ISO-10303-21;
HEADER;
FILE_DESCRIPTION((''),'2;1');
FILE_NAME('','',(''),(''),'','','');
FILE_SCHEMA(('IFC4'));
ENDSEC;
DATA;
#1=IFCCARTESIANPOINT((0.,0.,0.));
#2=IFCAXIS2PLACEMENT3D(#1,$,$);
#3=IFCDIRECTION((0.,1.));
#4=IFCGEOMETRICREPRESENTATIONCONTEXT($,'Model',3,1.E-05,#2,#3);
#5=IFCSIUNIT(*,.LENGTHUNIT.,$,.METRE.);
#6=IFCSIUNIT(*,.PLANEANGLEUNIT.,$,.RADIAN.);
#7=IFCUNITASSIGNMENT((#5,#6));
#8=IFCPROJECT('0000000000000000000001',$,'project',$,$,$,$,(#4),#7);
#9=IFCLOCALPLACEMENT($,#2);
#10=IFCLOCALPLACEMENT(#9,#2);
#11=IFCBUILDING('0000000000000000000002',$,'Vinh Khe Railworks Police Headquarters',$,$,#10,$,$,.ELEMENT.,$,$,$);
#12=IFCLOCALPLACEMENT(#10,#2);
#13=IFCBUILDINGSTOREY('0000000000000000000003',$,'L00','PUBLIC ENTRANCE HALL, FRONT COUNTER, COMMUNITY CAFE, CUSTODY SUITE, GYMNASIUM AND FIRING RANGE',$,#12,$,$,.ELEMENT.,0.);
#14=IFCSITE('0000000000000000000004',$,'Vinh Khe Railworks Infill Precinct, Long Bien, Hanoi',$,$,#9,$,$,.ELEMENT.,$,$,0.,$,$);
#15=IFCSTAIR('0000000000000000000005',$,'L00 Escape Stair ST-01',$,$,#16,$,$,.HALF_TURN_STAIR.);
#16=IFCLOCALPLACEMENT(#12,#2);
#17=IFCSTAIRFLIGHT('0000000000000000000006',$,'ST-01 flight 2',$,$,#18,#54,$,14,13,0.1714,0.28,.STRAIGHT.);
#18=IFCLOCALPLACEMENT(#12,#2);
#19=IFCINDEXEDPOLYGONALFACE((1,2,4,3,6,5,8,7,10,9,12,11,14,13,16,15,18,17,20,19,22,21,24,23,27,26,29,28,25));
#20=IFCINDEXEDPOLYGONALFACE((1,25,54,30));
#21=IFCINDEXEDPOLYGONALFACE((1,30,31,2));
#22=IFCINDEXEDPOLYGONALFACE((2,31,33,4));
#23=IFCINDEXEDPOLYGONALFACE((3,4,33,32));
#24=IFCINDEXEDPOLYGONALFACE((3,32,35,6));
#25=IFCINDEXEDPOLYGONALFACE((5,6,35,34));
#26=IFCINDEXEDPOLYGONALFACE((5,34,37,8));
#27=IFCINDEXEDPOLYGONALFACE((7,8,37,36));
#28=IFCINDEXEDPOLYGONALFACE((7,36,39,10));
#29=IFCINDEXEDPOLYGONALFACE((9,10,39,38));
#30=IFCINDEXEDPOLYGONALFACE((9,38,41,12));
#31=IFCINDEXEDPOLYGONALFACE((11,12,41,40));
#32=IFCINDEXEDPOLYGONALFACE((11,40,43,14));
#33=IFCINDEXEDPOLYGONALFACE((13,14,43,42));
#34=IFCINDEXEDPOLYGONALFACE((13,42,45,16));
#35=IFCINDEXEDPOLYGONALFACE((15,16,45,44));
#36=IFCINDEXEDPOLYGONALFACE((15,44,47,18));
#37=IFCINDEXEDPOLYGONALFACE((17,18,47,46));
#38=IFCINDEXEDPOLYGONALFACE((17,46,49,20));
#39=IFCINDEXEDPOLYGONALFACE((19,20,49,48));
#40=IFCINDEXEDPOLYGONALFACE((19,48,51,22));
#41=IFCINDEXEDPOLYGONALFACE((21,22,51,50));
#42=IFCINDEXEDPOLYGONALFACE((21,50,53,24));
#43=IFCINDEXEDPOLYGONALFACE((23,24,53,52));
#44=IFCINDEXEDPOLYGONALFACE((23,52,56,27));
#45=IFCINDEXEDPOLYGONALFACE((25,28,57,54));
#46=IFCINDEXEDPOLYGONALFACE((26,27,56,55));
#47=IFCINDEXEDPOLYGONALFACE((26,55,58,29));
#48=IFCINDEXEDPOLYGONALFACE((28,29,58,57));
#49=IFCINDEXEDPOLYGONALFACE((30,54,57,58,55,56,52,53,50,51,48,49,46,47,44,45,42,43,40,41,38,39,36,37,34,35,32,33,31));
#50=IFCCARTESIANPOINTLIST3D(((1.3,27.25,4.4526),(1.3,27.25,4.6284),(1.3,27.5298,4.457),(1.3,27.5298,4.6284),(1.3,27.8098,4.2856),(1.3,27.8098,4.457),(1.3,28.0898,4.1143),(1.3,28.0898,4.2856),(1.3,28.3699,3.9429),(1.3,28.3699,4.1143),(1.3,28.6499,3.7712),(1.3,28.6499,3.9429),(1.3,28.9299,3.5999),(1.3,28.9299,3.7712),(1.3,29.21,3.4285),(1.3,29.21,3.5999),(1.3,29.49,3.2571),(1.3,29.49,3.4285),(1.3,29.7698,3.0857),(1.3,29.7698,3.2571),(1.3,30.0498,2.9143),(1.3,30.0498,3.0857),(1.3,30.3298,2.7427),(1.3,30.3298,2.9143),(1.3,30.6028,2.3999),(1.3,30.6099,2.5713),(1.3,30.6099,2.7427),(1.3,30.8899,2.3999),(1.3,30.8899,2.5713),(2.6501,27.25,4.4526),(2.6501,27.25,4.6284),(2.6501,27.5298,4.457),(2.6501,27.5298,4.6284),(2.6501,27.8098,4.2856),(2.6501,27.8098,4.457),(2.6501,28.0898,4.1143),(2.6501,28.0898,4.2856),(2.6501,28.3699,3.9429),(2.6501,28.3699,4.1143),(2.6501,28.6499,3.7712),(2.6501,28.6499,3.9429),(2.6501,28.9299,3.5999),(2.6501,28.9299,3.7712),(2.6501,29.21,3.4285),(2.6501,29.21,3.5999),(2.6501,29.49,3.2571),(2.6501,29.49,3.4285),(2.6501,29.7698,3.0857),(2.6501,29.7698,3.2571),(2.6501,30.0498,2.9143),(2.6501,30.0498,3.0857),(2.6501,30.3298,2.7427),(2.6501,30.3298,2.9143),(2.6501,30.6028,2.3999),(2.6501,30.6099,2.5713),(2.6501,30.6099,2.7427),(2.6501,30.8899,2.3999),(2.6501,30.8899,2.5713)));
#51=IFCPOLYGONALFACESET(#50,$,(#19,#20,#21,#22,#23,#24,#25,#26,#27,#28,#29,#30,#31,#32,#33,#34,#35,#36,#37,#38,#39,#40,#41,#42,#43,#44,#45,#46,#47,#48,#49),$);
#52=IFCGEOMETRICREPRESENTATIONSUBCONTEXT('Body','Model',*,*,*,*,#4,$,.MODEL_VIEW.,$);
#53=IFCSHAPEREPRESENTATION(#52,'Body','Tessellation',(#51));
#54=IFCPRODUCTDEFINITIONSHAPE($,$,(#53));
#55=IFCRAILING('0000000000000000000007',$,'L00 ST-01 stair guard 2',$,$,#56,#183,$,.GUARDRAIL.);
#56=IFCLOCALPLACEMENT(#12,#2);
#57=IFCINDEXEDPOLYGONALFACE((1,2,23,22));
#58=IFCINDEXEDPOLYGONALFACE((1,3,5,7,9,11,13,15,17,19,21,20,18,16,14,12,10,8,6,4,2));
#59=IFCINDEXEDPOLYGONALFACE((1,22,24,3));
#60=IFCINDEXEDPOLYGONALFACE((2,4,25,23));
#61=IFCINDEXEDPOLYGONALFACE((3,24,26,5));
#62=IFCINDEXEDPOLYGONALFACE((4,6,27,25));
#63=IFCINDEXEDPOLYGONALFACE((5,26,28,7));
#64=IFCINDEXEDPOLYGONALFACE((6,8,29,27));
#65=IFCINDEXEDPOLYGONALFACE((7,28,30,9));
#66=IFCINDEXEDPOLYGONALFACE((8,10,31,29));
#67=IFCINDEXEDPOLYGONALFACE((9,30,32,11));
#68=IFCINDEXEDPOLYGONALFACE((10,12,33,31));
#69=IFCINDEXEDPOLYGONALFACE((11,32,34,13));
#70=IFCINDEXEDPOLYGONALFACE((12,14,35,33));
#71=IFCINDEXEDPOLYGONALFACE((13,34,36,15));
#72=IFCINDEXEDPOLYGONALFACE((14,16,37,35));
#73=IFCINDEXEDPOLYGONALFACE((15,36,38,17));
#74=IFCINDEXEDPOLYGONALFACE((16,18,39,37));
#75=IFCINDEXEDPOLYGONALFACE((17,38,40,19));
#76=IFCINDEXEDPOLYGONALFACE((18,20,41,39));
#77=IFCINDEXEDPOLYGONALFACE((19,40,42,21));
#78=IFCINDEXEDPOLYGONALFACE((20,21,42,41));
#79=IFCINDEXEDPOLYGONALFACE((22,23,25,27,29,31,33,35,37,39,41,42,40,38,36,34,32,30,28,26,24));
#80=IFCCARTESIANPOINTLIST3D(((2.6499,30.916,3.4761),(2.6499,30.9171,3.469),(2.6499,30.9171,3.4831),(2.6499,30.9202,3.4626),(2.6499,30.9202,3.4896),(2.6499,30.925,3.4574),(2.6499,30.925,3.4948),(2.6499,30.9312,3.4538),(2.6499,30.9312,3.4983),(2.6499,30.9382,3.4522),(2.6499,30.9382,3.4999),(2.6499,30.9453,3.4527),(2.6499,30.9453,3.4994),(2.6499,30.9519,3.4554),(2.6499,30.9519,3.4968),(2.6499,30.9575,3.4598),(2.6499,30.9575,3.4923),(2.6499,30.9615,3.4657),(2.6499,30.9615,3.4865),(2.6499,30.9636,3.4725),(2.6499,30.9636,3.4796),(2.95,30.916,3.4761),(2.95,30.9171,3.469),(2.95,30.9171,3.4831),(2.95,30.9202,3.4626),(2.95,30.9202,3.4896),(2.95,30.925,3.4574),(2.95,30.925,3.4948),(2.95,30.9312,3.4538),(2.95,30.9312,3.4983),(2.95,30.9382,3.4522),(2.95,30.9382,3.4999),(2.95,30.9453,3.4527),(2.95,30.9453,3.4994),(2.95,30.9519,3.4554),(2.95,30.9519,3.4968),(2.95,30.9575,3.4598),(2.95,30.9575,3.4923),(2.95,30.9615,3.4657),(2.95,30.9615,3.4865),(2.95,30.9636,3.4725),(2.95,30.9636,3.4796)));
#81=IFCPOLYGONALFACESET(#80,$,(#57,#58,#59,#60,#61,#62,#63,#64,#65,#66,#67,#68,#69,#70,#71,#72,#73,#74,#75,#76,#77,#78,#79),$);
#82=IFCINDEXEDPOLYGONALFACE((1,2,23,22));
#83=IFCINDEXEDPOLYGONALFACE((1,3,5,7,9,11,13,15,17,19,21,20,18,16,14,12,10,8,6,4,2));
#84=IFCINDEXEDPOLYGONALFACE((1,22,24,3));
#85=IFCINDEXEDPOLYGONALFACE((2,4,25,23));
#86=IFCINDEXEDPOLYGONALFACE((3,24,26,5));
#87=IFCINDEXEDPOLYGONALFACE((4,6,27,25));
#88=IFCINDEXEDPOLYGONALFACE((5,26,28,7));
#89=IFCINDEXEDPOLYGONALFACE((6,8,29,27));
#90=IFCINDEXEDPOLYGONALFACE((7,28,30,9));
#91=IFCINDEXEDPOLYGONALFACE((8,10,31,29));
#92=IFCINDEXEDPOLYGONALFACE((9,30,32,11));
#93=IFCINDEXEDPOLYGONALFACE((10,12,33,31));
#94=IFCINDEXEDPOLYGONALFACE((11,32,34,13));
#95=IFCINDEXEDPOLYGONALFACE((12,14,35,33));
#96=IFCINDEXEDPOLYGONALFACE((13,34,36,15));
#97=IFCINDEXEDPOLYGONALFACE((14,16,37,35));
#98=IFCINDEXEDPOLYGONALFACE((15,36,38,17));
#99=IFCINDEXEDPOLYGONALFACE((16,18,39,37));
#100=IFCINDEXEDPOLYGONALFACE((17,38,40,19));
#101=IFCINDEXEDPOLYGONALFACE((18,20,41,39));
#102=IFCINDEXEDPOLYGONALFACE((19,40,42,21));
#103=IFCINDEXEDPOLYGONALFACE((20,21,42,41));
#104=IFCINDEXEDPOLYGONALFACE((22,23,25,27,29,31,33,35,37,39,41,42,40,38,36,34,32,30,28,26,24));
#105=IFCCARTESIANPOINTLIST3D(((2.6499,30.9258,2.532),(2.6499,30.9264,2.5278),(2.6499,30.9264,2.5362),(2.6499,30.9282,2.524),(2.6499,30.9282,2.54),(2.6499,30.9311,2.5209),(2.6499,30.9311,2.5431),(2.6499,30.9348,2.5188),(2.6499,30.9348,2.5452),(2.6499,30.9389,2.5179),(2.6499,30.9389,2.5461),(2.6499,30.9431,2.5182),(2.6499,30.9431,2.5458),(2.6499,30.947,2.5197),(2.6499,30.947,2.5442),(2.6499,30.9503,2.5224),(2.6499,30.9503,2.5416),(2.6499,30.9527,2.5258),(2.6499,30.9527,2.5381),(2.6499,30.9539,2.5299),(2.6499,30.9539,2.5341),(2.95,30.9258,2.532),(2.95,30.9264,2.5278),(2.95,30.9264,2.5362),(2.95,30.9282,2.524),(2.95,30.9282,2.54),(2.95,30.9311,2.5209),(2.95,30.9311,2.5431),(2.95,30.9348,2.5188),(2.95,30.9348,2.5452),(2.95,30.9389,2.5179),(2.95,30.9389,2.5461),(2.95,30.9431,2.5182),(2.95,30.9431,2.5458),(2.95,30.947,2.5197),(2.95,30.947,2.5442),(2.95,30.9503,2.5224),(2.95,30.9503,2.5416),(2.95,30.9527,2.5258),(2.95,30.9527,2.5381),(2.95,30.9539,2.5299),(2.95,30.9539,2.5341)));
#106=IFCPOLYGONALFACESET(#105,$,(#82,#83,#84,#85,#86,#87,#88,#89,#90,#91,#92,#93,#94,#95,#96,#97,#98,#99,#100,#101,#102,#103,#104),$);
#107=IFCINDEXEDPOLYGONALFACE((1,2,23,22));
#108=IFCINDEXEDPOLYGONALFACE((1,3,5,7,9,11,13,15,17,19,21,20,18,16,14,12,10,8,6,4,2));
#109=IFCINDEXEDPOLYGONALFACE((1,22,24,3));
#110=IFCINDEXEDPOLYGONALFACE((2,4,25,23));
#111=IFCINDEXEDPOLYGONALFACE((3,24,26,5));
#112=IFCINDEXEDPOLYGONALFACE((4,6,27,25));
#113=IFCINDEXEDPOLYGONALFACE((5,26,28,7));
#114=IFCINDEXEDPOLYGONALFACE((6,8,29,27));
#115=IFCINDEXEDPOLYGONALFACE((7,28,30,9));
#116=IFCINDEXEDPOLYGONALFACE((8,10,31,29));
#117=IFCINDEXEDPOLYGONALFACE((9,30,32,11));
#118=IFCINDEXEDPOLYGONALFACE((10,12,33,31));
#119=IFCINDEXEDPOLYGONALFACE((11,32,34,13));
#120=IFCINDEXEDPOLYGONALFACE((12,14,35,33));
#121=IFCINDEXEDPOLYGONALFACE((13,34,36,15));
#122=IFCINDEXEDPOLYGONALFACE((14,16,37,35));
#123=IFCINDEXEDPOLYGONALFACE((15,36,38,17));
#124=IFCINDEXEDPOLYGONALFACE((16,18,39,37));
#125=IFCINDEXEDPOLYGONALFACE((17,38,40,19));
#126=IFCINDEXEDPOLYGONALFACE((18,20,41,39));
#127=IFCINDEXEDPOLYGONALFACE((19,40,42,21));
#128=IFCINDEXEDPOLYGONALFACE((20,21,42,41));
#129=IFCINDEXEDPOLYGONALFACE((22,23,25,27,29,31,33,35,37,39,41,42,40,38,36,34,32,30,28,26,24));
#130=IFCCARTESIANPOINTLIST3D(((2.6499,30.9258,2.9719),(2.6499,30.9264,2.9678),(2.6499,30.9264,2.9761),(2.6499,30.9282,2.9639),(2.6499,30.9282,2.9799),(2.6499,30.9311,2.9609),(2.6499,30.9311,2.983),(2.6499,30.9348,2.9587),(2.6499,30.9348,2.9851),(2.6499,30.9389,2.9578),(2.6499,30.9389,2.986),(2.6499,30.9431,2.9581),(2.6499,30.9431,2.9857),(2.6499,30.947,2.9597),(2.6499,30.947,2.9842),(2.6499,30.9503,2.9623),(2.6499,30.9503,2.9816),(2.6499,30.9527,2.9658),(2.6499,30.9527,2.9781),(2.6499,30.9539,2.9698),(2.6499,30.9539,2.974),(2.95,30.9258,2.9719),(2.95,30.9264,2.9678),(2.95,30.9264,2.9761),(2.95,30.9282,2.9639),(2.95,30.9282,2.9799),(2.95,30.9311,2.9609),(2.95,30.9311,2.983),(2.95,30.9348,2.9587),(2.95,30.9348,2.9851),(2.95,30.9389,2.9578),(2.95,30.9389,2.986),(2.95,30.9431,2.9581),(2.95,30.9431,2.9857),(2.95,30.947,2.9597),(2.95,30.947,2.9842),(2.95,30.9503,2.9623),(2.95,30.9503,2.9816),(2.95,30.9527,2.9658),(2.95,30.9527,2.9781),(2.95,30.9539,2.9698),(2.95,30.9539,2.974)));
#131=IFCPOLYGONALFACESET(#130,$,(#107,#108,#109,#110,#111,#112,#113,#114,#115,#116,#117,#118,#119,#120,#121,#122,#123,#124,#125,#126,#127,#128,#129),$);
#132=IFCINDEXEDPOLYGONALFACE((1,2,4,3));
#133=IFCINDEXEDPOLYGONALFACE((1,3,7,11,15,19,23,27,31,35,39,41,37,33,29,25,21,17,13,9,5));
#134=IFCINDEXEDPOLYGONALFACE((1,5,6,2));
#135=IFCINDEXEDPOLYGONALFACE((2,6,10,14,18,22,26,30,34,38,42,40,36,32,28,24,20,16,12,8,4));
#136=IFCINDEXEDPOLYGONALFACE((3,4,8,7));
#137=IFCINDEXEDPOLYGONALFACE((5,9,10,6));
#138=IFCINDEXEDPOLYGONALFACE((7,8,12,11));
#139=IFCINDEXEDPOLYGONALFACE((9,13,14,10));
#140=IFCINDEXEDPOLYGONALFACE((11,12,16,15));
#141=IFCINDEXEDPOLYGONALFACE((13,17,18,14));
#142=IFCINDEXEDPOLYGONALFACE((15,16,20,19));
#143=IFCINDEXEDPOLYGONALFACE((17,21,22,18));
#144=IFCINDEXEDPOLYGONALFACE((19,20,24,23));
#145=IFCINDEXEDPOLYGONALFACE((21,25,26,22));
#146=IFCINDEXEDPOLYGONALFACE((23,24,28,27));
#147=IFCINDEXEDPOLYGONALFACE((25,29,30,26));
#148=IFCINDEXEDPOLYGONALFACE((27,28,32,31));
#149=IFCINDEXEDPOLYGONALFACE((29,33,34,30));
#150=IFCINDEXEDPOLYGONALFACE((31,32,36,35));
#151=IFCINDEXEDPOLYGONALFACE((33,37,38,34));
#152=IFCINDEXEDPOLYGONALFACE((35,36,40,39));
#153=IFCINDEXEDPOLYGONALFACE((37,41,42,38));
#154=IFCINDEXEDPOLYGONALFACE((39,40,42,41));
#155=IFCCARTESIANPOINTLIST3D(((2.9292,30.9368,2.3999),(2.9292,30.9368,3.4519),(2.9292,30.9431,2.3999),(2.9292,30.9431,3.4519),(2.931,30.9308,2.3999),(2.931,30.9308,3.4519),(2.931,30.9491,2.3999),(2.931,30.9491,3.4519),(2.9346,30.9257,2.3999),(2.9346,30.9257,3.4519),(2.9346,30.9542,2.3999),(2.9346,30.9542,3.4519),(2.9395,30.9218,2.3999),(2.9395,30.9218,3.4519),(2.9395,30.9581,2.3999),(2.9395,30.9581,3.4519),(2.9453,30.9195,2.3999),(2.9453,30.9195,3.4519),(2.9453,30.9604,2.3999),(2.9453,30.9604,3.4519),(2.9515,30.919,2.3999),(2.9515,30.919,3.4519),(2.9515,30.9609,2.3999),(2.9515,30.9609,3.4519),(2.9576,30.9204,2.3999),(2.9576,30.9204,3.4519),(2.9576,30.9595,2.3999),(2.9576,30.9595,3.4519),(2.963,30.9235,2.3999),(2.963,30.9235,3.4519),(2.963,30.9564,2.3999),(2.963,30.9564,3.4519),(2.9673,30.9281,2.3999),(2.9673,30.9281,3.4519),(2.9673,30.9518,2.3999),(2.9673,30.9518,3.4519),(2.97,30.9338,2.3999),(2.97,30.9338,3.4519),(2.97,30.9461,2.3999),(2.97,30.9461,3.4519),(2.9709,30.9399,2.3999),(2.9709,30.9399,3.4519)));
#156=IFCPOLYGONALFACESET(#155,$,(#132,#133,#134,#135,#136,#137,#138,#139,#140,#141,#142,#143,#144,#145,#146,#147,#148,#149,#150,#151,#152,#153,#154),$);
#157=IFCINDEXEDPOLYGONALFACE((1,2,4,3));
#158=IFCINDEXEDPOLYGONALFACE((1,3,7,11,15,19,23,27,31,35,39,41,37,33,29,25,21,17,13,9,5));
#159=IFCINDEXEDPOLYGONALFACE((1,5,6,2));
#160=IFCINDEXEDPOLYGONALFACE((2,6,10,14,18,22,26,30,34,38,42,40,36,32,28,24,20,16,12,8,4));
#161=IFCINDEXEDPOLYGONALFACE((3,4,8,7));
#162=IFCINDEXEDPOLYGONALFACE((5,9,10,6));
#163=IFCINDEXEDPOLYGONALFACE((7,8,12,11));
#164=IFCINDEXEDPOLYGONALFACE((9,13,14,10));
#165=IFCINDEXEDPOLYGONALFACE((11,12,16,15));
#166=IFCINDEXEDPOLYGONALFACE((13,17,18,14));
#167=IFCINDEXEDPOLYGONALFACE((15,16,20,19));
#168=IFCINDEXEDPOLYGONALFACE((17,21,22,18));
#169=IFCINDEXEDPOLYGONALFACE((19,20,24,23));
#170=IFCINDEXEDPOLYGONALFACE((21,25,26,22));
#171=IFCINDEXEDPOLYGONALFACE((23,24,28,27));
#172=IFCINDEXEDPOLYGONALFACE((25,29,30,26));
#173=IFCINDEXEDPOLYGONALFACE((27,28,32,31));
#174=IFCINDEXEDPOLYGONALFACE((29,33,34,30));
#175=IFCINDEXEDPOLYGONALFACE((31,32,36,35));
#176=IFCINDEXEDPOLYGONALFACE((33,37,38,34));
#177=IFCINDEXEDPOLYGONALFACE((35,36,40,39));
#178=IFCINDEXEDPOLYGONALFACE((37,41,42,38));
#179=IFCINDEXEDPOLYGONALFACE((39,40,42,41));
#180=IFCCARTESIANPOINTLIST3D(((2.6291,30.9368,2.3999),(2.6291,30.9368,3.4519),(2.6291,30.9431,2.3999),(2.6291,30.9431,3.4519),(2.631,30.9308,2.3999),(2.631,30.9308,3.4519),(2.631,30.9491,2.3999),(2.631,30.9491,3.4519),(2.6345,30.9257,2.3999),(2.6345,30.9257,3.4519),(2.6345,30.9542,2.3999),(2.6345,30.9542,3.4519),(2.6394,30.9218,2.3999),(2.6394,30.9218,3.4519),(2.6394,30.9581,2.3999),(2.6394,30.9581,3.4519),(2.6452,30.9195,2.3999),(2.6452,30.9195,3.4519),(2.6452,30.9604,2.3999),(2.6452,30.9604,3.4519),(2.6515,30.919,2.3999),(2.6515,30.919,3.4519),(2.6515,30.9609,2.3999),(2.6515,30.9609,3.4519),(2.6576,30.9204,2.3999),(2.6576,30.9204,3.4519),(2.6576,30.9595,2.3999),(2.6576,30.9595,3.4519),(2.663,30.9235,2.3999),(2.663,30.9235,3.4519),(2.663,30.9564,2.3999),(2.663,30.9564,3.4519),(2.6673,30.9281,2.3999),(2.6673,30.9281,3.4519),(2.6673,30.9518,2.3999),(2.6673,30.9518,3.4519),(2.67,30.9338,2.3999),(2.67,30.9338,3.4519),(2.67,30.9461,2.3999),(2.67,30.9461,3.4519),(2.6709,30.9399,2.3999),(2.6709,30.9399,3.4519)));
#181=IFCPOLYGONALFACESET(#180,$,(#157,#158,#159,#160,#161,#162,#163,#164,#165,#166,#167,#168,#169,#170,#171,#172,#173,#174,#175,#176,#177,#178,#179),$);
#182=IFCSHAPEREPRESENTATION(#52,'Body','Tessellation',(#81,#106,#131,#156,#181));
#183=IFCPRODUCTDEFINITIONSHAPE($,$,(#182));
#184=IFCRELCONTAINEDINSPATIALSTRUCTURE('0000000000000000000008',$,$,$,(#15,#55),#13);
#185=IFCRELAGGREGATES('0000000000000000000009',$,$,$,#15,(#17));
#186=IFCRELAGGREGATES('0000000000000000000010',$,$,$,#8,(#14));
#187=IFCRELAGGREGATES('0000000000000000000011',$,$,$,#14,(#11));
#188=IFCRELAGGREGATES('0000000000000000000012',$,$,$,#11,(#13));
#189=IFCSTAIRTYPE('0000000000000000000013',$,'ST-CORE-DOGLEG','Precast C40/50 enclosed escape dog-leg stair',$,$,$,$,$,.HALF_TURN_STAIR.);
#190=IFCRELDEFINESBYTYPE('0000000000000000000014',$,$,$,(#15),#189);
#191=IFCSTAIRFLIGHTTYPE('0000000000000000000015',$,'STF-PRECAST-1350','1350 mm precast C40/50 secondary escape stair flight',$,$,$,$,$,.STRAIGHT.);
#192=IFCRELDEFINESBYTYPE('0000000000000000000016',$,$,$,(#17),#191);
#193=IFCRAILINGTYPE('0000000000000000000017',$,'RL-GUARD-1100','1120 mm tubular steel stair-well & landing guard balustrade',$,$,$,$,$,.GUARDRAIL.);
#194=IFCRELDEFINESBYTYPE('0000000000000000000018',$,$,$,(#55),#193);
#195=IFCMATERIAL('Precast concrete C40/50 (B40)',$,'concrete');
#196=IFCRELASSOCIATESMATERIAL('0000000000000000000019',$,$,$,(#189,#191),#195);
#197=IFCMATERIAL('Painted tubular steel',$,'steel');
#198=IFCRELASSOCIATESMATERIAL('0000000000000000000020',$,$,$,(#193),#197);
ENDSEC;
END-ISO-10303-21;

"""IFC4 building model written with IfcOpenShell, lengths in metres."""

from ifc_helpers import new_model, si_unit, direction, frame, origin, origin_2d, place, context, subcontext, project, spatial, polyline, circle, outline, extrude, material, type_object, element, aggregate, save


model = new_model("IFC4")

# Units and contexts
model_context = context("Model", 3, precision=1e-05, world=origin(), true_north=direction((0.0, 1.0)))
body_context = subcontext(model_context, "Body", "Model", "MODEL_VIEW")
ifc_project = project(units=[si_unit("LENGTHUNIT", "METRE"), si_unit("PLANEANGLEUNIT", "RADIAN")], contexts=[model_context])

# Site, building, storey
site_placement = place(None, origin())
site = spatial("IfcSite", under=ifc_project, at=site_placement, Name="Vinh Khe Railworks Infill Precinct, Long Bien, Hanoi", CompositionType="ELEMENT", RefElevation=0.0)
building_placement = place(site_placement, origin())
building = spatial("IfcBuilding", under=site, at=building_placement, Name="Vinh Khe Railworks Police Headquarters", CompositionType="ELEMENT")
storey_placement = place(building_placement, origin())
storey = spatial("IfcBuildingStorey", under=building, at=storey_placement, Name="L00", Description="PUBLIC ENTRANCE HALL, FRONT COUNTER, COMMUNITY CAFE, CUSTODY SUITE, GYMNASIUM AND FIRING RANGE", CompositionType="ELEMENT", Elevation=0.0)

# Stair, stair flight
ifc_material_1 = material(Name="Precast concrete C40/50 (B40)", Category="concrete")
stair_type = type_object("IfcStairType", Name="ST-CORE-DOGLEG", Description="Precast C40/50 enclosed escape dog-leg stair", PredefinedType="HALF_TURN_STAIR", material=ifc_material_1)
stair_placement = place(storey_placement, origin())
stair = element("IfcStair", 1, at=stair_placement, inside=storey, type_object=stair_type, Name="L00 Escape Stair ST-01", PredefinedType="HALF_TURN_STAIR")
stair_flight_type = type_object("IfcStairFlightType", Name="STF-PRECAST-1350", Description="1350 mm precast C40/50 secondary escape stair flight", PredefinedType="STRAIGHT", material=ifc_material_1)
stair_flight_placement = place(storey_placement, frame((1.9751, 30.8899, 2.3999), z_axis=(0.0, 0.0, 1.0), x_axis=(0.0, -1.0, 0.0)))
stair_flight = element("IfcStairFlight", 2, at=stair_flight_placement, type_object=stair_flight_type, Name="ST-01 flight 2", NumberOfRisers=14, NumberOfTreads=13, PredefinedType="STRAIGHT", RiserHeight=0.1714, TreadLength=0.28, context=body_context, shape_type="SweptSolid", body=[
    extrude(outline(polyline([(0.0, 0.0), (0.0, 0.1714), (0.28, 0.1714), (0.28, 0.3428), (0.5601, 0.3428), (0.5601, 0.5144), (0.8401, 0.5144), (0.8401, 0.6858), (1.1201, 0.6858), (1.1201, 0.8572), (1.3999, 0.8572), (1.3999, 1.0286), (1.6799, 1.0286), (1.6799, 1.2), (1.96, 1.2), (1.96, 1.3713), (2.24, 1.3713), (2.24, 1.543), (2.52, 1.543), (2.52, 1.7144), (2.8, 1.7144), (2.8, 1.8857), (3.0801, 1.8857), (3.0801, 2.0571), (3.3601, 2.0571), (3.3601, 2.2285), (3.6399, 2.2285), (3.6399, 2.3999), (3.6399, 2.0527), (0.2871, 0.0), (0.0, 0.0)])), frame((0.0, 0.675, 0.0), z_axis=(0.0, -1.0, 0.0), x_axis=(1.0, 0.0, 0.0)), (0.0, 0.0, 1.0), 1.3501),
])
aggregate(stair, [stair_flight])

# Railing
ifc_material_2 = material(Name="Painted tubular steel", Category="steel")
railing_type_1 = type_object("IfcRailingType", Name="RL-GUARD-1100", Description="1120 mm tubular steel stair-well & landing guard balustrade", PredefinedType="GUARDRAIL", material=ifc_material_2)
railing_1_placement = place(storey_placement, frame((2.95, 30.9399, 2.3999)))
element("IfcRailing", 3, at=railing_1_placement, inside=storey, type_object=railing_type_1, Name="L00 ST-01 stair guard 2", PredefinedType="GUARDRAIL", context=body_context, shape_type="SweptSolid", body=[
    extrude(circle(Radius=0.0239, at=origin_2d()), frame((0.0, 0.0, 1.0762), z_axis=(-1.0, 0.0, 0.0), x_axis=(0.0, -1.0, 0.0)), (0.0, 0.0, 1.0), 0.3),
    extrude(circle(Radius=0.0142, at=origin_2d()), frame((0.0, 0.0, 0.1321), z_axis=(-1.0, 0.0, 0.0), x_axis=(0.0, -1.0, 0.0)), (0.0, 0.0, 1.0), 0.3),
    extrude(circle(Radius=0.0142, at=origin_2d()), frame((0.0, 0.0, 0.572), z_axis=(-1.0, 0.0, 0.0), x_axis=(0.0, -1.0, 0.0)), (0.0, 0.0, 1.0), 0.3),
    extrude(circle(Radius=0.021, at=origin_2d()), origin(), (0.0, 0.0, 1.0), 1.052),
    extrude(circle(Radius=0.021, at=origin_2d()), frame((-0.3, 0.0, 0.0)), (0.0, 0.0, 1.0), 1.052),
])

save(model, "model.ifc")
